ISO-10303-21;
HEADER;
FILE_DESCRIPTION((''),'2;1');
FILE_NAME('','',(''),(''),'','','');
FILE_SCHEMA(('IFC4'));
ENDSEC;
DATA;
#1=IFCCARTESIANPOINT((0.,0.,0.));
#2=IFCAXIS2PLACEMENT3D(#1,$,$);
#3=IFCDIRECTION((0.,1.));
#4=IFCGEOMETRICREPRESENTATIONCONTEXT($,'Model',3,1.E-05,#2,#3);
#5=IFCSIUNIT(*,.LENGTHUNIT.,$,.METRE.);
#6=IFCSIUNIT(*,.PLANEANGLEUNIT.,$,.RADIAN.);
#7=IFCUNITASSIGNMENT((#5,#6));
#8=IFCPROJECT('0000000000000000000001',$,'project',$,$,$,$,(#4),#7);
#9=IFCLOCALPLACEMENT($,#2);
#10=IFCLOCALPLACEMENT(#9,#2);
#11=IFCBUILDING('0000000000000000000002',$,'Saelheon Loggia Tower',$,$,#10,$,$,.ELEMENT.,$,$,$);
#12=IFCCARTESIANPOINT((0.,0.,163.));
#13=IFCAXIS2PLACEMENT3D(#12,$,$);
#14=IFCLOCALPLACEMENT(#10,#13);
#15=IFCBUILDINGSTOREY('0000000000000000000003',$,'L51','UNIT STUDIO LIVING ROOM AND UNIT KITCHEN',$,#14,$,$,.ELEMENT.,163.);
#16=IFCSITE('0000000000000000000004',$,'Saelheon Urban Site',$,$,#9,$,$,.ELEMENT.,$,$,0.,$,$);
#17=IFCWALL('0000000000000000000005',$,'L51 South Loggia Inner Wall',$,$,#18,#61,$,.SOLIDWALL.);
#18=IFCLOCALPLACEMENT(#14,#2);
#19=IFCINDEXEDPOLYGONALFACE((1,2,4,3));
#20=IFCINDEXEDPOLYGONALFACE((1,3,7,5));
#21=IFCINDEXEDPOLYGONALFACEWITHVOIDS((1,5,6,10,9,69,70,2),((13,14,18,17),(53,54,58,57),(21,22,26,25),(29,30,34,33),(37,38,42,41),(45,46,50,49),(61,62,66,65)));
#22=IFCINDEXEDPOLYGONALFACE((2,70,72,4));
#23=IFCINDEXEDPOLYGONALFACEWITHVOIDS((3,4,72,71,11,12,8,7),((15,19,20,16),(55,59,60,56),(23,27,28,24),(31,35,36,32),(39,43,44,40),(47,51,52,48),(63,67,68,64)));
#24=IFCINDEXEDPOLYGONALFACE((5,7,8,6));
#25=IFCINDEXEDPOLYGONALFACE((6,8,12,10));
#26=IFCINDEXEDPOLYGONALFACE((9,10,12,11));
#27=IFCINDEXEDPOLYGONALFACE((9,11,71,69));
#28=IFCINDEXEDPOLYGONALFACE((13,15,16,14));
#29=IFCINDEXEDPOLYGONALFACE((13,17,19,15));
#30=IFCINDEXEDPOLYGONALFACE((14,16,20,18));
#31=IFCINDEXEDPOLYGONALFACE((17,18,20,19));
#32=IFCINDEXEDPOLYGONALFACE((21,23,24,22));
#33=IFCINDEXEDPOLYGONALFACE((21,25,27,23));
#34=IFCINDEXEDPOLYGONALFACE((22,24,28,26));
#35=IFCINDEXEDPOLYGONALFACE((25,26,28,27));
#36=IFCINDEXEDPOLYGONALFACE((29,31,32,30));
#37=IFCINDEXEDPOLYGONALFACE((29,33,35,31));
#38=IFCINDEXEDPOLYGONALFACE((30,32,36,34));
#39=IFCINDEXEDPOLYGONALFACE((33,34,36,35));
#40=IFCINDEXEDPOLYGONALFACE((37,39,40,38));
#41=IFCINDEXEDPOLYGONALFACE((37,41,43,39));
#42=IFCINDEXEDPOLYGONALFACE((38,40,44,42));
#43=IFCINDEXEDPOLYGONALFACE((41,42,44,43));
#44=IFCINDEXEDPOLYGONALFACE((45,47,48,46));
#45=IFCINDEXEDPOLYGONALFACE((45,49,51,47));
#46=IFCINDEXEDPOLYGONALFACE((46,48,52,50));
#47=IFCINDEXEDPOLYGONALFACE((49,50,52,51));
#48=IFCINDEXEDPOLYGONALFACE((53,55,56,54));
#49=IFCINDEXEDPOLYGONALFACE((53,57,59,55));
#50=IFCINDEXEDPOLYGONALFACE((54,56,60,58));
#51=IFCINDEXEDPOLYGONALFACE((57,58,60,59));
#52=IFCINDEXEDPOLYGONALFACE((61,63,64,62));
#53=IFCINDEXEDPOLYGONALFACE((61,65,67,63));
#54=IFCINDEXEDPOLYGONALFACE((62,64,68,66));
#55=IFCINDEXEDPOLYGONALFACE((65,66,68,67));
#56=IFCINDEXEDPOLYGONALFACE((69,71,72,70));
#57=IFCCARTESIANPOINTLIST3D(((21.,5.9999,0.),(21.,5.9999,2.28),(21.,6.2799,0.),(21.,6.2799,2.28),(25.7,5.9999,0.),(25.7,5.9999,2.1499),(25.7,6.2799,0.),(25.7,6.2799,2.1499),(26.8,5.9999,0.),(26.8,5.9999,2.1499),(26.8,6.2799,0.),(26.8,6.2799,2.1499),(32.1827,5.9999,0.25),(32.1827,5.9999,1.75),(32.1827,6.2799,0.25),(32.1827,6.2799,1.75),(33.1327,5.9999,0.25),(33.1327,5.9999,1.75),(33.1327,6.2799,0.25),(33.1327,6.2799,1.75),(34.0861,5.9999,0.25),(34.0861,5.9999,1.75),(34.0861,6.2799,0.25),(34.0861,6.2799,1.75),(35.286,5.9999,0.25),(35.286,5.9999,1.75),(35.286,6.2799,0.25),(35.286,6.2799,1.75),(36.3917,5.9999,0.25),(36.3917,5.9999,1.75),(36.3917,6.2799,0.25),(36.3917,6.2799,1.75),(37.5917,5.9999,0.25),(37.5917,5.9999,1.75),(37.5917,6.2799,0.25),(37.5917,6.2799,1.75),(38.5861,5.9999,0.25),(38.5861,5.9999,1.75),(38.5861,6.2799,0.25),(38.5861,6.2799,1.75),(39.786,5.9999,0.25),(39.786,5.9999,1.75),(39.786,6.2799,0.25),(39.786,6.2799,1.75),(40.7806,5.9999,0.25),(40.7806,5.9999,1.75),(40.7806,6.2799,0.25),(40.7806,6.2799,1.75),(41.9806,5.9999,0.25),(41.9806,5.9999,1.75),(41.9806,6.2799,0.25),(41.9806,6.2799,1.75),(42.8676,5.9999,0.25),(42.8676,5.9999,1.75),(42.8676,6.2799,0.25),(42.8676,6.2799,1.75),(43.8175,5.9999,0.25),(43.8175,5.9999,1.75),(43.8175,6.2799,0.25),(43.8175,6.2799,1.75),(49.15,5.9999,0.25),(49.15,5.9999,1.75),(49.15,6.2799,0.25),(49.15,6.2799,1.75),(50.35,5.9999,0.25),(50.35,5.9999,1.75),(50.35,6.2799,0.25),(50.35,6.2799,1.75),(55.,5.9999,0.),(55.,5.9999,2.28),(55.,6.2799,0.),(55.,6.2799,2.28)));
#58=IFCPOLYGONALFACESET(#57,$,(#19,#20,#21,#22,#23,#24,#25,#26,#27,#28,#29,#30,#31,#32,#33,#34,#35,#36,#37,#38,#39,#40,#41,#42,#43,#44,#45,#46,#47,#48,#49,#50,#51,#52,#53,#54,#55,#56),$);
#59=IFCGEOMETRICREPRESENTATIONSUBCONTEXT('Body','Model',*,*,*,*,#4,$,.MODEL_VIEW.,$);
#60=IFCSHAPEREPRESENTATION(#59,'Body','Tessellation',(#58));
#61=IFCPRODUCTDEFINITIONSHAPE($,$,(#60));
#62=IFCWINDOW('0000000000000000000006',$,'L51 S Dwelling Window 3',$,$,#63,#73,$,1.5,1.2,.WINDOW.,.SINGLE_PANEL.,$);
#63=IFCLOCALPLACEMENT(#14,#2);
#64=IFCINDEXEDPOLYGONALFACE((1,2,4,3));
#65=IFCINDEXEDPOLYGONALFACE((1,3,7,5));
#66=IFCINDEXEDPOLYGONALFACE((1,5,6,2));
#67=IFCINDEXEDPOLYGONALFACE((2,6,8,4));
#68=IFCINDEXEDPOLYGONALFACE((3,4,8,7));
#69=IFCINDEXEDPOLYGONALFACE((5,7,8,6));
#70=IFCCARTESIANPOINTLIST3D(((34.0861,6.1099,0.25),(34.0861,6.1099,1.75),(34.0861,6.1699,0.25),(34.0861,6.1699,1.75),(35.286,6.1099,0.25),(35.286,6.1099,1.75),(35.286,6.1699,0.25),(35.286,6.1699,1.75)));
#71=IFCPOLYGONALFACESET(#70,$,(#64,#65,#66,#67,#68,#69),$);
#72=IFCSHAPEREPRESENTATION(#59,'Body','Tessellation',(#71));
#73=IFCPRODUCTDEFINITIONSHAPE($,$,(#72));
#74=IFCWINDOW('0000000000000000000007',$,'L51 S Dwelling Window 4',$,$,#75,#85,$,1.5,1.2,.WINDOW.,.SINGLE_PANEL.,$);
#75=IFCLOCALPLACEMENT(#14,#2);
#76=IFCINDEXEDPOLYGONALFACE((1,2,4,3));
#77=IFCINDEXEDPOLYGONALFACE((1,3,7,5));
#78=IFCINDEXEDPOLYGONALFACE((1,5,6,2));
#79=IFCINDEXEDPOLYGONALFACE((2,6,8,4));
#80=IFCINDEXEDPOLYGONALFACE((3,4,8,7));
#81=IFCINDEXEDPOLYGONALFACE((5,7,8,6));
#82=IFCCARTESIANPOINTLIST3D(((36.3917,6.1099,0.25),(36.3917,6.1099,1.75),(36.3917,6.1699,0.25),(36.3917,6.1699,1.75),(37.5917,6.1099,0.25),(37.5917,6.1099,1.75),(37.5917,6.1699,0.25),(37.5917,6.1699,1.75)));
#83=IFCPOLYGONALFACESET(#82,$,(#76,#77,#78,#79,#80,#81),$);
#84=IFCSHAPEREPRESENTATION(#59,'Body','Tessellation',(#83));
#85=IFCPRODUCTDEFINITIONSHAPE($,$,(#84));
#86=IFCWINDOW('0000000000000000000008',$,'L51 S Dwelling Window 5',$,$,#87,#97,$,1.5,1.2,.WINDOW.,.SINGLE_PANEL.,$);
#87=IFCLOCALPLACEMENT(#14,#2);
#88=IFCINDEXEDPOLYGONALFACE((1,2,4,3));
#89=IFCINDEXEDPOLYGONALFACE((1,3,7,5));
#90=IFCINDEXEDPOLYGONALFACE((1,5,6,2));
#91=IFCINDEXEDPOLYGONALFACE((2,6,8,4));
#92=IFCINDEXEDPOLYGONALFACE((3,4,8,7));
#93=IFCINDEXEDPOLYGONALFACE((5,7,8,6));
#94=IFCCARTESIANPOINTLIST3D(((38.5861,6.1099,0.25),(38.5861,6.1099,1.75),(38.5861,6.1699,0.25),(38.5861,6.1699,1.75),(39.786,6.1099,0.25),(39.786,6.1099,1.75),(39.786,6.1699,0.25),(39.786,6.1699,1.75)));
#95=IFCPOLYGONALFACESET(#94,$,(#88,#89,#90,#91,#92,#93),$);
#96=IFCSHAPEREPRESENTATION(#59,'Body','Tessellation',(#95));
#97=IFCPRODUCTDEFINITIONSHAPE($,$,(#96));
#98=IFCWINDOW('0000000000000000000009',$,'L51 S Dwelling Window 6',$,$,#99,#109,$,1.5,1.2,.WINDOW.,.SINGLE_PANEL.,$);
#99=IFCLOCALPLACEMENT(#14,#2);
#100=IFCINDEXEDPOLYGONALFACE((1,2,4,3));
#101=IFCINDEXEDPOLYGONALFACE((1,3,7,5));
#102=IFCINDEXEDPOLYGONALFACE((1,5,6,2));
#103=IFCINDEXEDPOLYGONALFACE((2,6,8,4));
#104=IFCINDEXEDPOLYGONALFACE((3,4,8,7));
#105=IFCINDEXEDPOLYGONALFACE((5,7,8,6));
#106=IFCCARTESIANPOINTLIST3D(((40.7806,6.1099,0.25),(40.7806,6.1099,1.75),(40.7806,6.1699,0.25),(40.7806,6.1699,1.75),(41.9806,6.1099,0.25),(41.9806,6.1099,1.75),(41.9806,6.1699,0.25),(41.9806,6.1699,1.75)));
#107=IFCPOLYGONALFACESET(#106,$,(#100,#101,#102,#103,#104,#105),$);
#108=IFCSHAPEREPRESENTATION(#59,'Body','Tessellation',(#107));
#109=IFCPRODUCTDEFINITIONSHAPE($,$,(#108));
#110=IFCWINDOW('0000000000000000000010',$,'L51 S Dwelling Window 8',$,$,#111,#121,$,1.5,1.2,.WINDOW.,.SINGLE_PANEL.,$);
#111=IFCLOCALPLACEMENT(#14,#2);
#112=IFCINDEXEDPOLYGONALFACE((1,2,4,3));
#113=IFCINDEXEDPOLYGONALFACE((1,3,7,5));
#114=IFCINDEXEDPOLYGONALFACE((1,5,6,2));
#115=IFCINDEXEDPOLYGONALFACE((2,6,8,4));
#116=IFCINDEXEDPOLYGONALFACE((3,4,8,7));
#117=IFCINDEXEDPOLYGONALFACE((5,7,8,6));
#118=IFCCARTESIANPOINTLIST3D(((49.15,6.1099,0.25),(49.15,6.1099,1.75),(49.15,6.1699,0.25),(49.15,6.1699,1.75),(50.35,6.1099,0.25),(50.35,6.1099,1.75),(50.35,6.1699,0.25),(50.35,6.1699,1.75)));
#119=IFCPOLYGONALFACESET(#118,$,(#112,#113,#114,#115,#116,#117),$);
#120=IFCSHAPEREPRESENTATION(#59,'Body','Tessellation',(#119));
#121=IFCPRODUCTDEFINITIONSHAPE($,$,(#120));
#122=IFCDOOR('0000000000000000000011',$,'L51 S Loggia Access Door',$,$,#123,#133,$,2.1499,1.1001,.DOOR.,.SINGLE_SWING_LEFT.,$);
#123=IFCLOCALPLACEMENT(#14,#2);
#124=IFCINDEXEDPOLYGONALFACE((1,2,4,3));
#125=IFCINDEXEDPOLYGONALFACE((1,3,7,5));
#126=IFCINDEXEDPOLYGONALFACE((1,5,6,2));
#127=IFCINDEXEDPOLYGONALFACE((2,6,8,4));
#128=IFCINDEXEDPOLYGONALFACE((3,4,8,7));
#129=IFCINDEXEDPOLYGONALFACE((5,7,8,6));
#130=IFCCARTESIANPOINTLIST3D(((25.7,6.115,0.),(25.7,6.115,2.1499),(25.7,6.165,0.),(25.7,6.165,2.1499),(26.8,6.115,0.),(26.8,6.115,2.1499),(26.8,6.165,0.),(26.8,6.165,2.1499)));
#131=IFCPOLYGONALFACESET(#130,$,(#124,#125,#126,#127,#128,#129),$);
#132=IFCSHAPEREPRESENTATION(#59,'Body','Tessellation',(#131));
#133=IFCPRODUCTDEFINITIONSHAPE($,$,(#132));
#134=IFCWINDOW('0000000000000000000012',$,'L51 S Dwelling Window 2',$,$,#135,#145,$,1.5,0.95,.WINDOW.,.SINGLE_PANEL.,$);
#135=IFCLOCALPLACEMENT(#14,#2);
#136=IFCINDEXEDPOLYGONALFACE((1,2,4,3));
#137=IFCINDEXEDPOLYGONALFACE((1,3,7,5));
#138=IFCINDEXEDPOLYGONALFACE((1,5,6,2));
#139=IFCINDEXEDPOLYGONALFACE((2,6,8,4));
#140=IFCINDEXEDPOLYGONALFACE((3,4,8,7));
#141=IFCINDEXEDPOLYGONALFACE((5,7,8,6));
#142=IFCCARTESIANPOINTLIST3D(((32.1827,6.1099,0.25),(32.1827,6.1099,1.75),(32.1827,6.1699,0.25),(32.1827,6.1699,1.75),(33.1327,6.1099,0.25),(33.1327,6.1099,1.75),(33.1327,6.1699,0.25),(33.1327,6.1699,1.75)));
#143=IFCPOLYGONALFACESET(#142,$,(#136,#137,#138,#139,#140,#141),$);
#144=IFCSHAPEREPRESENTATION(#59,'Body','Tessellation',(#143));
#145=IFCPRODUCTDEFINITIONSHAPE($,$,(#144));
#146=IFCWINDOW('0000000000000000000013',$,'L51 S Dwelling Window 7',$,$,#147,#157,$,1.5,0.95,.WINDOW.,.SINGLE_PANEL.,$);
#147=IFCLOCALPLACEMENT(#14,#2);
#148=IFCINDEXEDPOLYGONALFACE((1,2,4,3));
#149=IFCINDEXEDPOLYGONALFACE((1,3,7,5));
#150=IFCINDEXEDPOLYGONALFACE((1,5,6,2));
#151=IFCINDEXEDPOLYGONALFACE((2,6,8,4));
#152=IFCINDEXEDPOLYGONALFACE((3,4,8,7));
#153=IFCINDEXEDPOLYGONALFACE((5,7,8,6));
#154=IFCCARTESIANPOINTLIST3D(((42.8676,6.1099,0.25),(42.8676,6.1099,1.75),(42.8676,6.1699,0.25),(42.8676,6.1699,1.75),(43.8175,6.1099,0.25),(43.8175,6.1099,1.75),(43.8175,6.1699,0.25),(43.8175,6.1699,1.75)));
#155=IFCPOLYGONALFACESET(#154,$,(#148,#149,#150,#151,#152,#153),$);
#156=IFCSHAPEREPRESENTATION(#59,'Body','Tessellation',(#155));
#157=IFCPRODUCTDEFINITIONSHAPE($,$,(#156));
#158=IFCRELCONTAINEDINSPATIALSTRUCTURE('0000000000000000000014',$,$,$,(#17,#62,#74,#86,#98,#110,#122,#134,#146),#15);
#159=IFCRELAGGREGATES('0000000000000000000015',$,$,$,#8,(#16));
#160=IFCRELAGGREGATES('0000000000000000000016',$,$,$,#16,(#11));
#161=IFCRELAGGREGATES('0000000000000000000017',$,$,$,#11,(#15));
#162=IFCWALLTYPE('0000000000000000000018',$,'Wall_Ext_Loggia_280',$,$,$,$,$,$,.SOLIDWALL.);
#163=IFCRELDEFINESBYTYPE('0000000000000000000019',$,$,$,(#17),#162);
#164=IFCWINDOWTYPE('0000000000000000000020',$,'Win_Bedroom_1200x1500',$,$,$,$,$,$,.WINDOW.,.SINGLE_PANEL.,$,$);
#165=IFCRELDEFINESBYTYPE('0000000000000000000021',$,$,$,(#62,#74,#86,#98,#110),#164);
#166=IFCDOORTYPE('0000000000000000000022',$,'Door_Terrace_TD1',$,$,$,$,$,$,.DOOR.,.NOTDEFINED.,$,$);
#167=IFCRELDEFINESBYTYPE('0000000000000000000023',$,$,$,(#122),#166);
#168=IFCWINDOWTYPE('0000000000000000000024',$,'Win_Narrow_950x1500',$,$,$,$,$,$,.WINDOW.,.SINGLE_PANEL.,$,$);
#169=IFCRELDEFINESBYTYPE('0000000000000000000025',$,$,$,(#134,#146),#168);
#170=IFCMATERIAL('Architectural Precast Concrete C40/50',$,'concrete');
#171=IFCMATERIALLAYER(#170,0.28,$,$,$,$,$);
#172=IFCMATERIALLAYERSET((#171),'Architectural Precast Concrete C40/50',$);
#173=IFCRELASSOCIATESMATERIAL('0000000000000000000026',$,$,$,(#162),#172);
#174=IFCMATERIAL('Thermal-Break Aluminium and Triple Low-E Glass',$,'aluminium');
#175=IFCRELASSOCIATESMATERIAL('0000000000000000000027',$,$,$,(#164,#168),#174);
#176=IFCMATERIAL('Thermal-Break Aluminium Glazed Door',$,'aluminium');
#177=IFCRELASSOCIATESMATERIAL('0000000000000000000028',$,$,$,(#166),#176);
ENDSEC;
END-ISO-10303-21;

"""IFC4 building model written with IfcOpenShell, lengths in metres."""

from ifc_helpers import new_model, si_unit, direction, frame, frame_2d, origin, place, context, subcontext, project, spatial, rectangle, extrude, source, transform, mapped, material, layer, layer_set, type_object, element, fill, save


model = new_model("IFC4")

# Units and contexts
model_context = context("Model", 3, precision=1e-05, world=origin(), true_north=direction((0.0, 1.0)))
body_context = subcontext(model_context, "Body", "Model", "MODEL_VIEW")
ifc_project = project(units=[si_unit("LENGTHUNIT", "METRE"), si_unit("PLANEANGLEUNIT", "RADIAN")], contexts=[model_context])

# Site, building, storey
site_placement = place(None, origin())
site = spatial("IfcSite", under=ifc_project, at=site_placement, Name="Saelheon Urban Site", CompositionType="ELEMENT", RefElevation=0.0)
building_placement = place(site_placement, origin())
building = spatial("IfcBuilding", under=site, at=building_placement, Name="Saelheon Loggia Tower", CompositionType="ELEMENT")
storey_placement = place(building_placement, frame((0.0, 0.0, 163.0)))
storey = spatial("IfcBuildingStorey", under=building, at=storey_placement, Name="L51", Description="UNIT STUDIO LIVING ROOM AND UNIT KITCHEN", CompositionType="ELEMENT", Elevation=163.0)

# Wall, openings, windows, door
ifc_material_1 = material(Name="Architectural Precast Concrete C40/50", Category="concrete")
ifc_layer_1 = layer(ifc_material_1, 0.28)
ifc_layer_set_1 = layer_set([ifc_layer_1], Name="Architectural Precast Concrete C40/50")
wall_type_1 = type_object("IfcWallType", Name="Wall_Ext_Loggia_280", PredefinedType="SOLIDWALL", material=ifc_layer_set_1)
wall_1_placement = place(storey_placement, frame((21.0, 6.1399, 0.0), z_axis=(0.0, 0.0, 1.0), x_axis=(1.0, 0.0, 0.0)))
wall_1 = element("IfcWall", 1, at=wall_1_placement, inside=storey, type_object=wall_type_1, Name="L51 South Loggia Inner Wall", PredefinedType="SOLIDWALL", context=body_context, shape_type="SweptSolid", body=[
    extrude(rectangle(XDim=34.0, YDim=0.28, at=frame_2d((17.0, 0.0))), origin(), (0.0, 0.0, 1.0), 2.28),
])
opening_1_placement = place(wall_1_placement, frame((5.8, 0.0, 0.0), z_axis=(0.0, 0.0, 1.0), x_axis=(-1.0, 0.0, 0.0)))
opening_1 = element("IfcOpeningElement", 2, at=opening_1_placement, cuts=wall_1, PredefinedType="OPENING", context=body_context, shape_type="SweptSolid", body=[
    extrude(rectangle(XDim=1.1001, YDim=2.1499, at=frame_2d((0.55, 1.075))), frame((0.0, 0.1521, 0.0), z_axis=(0.0, -1.0, 0.0), x_axis=(1.0, 0.0, 0.0)), (0.0, 0.0, 1.0), 0.304),
])
opening_2_placement = place(wall_1_placement, frame((11.1826, 0.0, 0.25)))
opening_2 = element("IfcOpeningElement", 3, at=opening_2_placement, cuts=wall_1, PredefinedType="OPENING", context=body_context, shape_type="SweptSolid", body=[
    extrude(rectangle(XDim=0.95, YDim=1.5, at=frame_2d((0.4751, 0.75))), frame((0.0, 0.1521, 0.0), z_axis=(0.0, -1.0, 0.0), x_axis=(1.0, 0.0, 0.0)), (0.0, 0.0, 1.0), 0.304),
])
opening_3_placement = place(wall_1_placement, frame((13.0859, 0.0, 0.25)))
opening_3 = element("IfcOpeningElement", 4, at=opening_3_placement, cuts=wall_1, PredefinedType="OPENING", context=body_context, shape_type="SweptSolid", body=[
    extrude(rectangle(XDim=1.2, YDim=1.5, at=frame_2d((0.6001, 0.75))), frame((0.0, 0.1521, 0.0), z_axis=(0.0, -1.0, 0.0), x_axis=(1.0, 0.0, 0.0)), (0.0, 0.0, 1.0), 0.304),
])
opening_4_placement = place(wall_1_placement, frame((15.3916, 0.0, 0.25)))
opening_4 = element("IfcOpeningElement", 5, at=opening_4_placement, cuts=wall_1, PredefinedType="OPENING", context=body_context, shape_type="SweptSolid", body=[
    extrude(rectangle(XDim=1.2, YDim=1.5, at=frame_2d((0.6001, 0.75))), frame((0.0, 0.1521, 0.0), z_axis=(0.0, -1.0, 0.0), x_axis=(1.0, 0.0, 0.0)), (0.0, 0.0, 1.0), 0.304),
])
opening_5_placement = place(wall_1_placement, frame((17.5859, 0.0, 0.25)))
opening_5 = element("IfcOpeningElement", 6, at=opening_5_placement, cuts=wall_1, PredefinedType="OPENING", context=body_context, shape_type="SweptSolid", body=[
    extrude(rectangle(XDim=1.2, YDim=1.5, at=frame_2d((0.6001, 0.75))), frame((0.0, 0.1521, 0.0), z_axis=(0.0, -1.0, 0.0), x_axis=(1.0, 0.0, 0.0)), (0.0, 0.0, 1.0), 0.304),
])
opening_6_placement = place(wall_1_placement, frame((19.7805, 0.0, 0.25)))
opening_6 = element("IfcOpeningElement", 7, at=opening_6_placement, cuts=wall_1, PredefinedType="OPENING", context=body_context, shape_type="SweptSolid", body=[
    extrude(rectangle(XDim=1.2, YDim=1.5, at=frame_2d((0.6001, 0.75))), frame((0.0, 0.1521, 0.0), z_axis=(0.0, -1.0, 0.0), x_axis=(1.0, 0.0, 0.0)), (0.0, 0.0, 1.0), 0.304),
])
opening_7_placement = place(wall_1_placement, frame((21.8674, 0.0, 0.25)))
opening_7 = element("IfcOpeningElement", 8, at=opening_7_placement, cuts=wall_1, PredefinedType="OPENING", context=body_context, shape_type="SweptSolid", body=[
    extrude(rectangle(XDim=0.95, YDim=1.5, at=frame_2d((0.4751, 0.75))), frame((0.0, 0.1521, 0.0), z_axis=(0.0, -1.0, 0.0), x_axis=(1.0, 0.0, 0.0)), (0.0, 0.0, 1.0), 0.304),
])
opening_8_placement = place(wall_1_placement, frame((28.1499, 0.0, 0.25)))
opening_8 = element("IfcOpeningElement", 9, at=opening_8_placement, cuts=wall_1, PredefinedType="OPENING", context=body_context, shape_type="SweptSolid", body=[
    extrude(rectangle(XDim=1.2, YDim=1.5, at=frame_2d((0.6001, 0.75))), frame((0.0, 0.1521, 0.0), z_axis=(0.0, -1.0, 0.0), x_axis=(1.0, 0.0, 0.0)), (0.0, 0.0, 1.0), 0.304),
])
ifc_material_2 = material(Name="Thermal-Break Aluminium and Triple Low-E Glass", Category="aluminium")
window_type_1 = type_object("IfcWindowType", Name="Win_Bedroom_1200x1500", PartitioningType="SINGLE_PANEL", PredefinedType="WINDOW", material=ifc_material_2)
shared_shape_1 = source(origin(), body_context, "Body", "SweptSolid", [
    extrude(rectangle(XDim=1.2, YDim=1.5, at=frame_2d((0.6001, 0.75))), frame((0.0, 0.03, 0.0), z_axis=(0.0, -1.0, 0.0), x_axis=(1.0, 0.0, 0.0)), (0.0, 0.0, 1.0), 0.0601),
])
window_1_placement = place(opening_3_placement, origin())
window_1 = element("IfcWindow", 10, at=window_1_placement, inside=storey, type_object=window_type_1, Name="L51 S Dwelling Window 3", OverallHeight=1.5, OverallWidth=1.2, PartitioningType="SINGLE_PANEL", PredefinedType="WINDOW", context=body_context, shape_type="MappedRepresentation", body=[
    mapped(shared_shape_1, transform((0.0, 0.0, 0.0), scale=1.0)),
])
fill(opening_3, window_1)
window_2_placement = place(opening_4_placement, origin())
window_2 = element("IfcWindow", 11, at=window_2_placement, inside=storey, type_object=window_type_1, Name="L51 S Dwelling Window 4", OverallHeight=1.5, OverallWidth=1.2, PartitioningType="SINGLE_PANEL", PredefinedType="WINDOW", context=body_context, shape_type="MappedRepresentation", body=[
    mapped(shared_shape_1, transform((0.0, 0.0, 0.0), scale=1.0)),
])
fill(opening_4, window_2)
window_3_placement = place(opening_5_placement, origin())
window_3 = element("IfcWindow", 12, at=window_3_placement, inside=storey, type_object=window_type_1, Name="L51 S Dwelling Window 5", OverallHeight=1.5, OverallWidth=1.2, PartitioningType="SINGLE_PANEL", PredefinedType="WINDOW", context=body_context, shape_type="MappedRepresentation", body=[
    mapped(shared_shape_1, transform((0.0, 0.0, 0.0), scale=1.0)),
])
fill(opening_5, window_3)
window_4_placement = place(opening_6_placement, origin())
window_4 = element("IfcWindow", 13, at=window_4_placement, inside=storey, type_object=window_type_1, Name="L51 S Dwelling Window 6", OverallHeight=1.5, OverallWidth=1.2, PartitioningType="SINGLE_PANEL", PredefinedType="WINDOW", context=body_context, shape_type="MappedRepresentation", body=[
    mapped(shared_shape_1, transform((0.0, 0.0, 0.0), scale=1.0)),
])
fill(opening_6, window_4)
window_5_placement = place(opening_8_placement, origin())
window_5 = element("IfcWindow", 14, at=window_5_placement, inside=storey, type_object=window_type_1, Name="L51 S Dwelling Window 8", OverallHeight=1.5, OverallWidth=1.2, PartitioningType="SINGLE_PANEL", PredefinedType="WINDOW", context=body_context, shape_type="MappedRepresentation", body=[
    mapped(shared_shape_1, transform((0.0, 0.0, 0.0), scale=1.0)),
])
fill(opening_8, window_5)
ifc_material_3 = material(Name="Thermal-Break Aluminium Glazed Door", Category="aluminium")
door_type_1 = type_object("IfcDoorType", Name="Door_Terrace_TD1", OperationType="NOTDEFINED", PredefinedType="DOOR", material=ifc_material_3)
shared_shape_2 = source(origin(), body_context, "Body", "SweptSolid", [
    extrude(rectangle(XDim=1.1001, YDim=2.1499, at=frame_2d((0.55, 1.075))), frame((0.0, 0.0249, 0.0), z_axis=(0.0, -1.0, 0.0), x_axis=(1.0, 0.0, 0.0)), (0.0, 0.0, 1.0), 0.05),
])
door_1_placement = place(opening_1_placement, origin())
door_1 = element("IfcDoor", 15, at=door_1_placement, inside=storey, type_object=door_type_1, Name="L51 S Loggia Access Door", OperationType="SINGLE_SWING_LEFT", OverallHeight=2.1499, OverallWidth=1.1001, PredefinedType="DOOR", context=body_context, shape_type="MappedRepresentation", body=[
    mapped(shared_shape_2, transform((0.0, 0.0, 0.0), scale=1.0)),
])
fill(opening_1, door_1)
window_type_2 = type_object("IfcWindowType", Name="Win_Narrow_950x1500", PartitioningType="SINGLE_PANEL", PredefinedType="WINDOW", material=ifc_material_2)
shared_shape_3 = source(origin(), body_context, "Body", "SweptSolid", [
    extrude(rectangle(XDim=0.95, YDim=1.5, at=frame_2d((0.4751, 0.75))), frame((0.0, 0.03, 0.0), z_axis=(0.0, -1.0, 0.0), x_axis=(1.0, 0.0, 0.0)), (0.0, 0.0, 1.0), 0.0601),
])
window_6_placement = place(opening_2_placement, origin())
window_6 = element("IfcWindow", 16, at=window_6_placement, inside=storey, type_object=window_type_2, Name="L51 S Dwelling Window 2", OverallHeight=1.5, OverallWidth=0.95, PartitioningType="SINGLE_PANEL", PredefinedType="WINDOW", context=body_context, shape_type="MappedRepresentation", body=[
    mapped(shared_shape_3, transform((0.0, 0.0, 0.0), scale=1.0)),
])
fill(opening_2, window_6)
window_7_placement = place(opening_7_placement, origin())
window_7 = element("IfcWindow", 17, at=window_7_placement, inside=storey, type_object=window_type_2, Name="L51 S Dwelling Window 7", OverallHeight=1.5, OverallWidth=0.95, PartitioningType="SINGLE_PANEL", PredefinedType="WINDOW", context=body_context, shape_type="MappedRepresentation", body=[
    mapped(shared_shape_3, transform((0.0, 0.0, 0.0), scale=1.0)),
])
fill(opening_7, window_7)

save(model, "model.ifc")
